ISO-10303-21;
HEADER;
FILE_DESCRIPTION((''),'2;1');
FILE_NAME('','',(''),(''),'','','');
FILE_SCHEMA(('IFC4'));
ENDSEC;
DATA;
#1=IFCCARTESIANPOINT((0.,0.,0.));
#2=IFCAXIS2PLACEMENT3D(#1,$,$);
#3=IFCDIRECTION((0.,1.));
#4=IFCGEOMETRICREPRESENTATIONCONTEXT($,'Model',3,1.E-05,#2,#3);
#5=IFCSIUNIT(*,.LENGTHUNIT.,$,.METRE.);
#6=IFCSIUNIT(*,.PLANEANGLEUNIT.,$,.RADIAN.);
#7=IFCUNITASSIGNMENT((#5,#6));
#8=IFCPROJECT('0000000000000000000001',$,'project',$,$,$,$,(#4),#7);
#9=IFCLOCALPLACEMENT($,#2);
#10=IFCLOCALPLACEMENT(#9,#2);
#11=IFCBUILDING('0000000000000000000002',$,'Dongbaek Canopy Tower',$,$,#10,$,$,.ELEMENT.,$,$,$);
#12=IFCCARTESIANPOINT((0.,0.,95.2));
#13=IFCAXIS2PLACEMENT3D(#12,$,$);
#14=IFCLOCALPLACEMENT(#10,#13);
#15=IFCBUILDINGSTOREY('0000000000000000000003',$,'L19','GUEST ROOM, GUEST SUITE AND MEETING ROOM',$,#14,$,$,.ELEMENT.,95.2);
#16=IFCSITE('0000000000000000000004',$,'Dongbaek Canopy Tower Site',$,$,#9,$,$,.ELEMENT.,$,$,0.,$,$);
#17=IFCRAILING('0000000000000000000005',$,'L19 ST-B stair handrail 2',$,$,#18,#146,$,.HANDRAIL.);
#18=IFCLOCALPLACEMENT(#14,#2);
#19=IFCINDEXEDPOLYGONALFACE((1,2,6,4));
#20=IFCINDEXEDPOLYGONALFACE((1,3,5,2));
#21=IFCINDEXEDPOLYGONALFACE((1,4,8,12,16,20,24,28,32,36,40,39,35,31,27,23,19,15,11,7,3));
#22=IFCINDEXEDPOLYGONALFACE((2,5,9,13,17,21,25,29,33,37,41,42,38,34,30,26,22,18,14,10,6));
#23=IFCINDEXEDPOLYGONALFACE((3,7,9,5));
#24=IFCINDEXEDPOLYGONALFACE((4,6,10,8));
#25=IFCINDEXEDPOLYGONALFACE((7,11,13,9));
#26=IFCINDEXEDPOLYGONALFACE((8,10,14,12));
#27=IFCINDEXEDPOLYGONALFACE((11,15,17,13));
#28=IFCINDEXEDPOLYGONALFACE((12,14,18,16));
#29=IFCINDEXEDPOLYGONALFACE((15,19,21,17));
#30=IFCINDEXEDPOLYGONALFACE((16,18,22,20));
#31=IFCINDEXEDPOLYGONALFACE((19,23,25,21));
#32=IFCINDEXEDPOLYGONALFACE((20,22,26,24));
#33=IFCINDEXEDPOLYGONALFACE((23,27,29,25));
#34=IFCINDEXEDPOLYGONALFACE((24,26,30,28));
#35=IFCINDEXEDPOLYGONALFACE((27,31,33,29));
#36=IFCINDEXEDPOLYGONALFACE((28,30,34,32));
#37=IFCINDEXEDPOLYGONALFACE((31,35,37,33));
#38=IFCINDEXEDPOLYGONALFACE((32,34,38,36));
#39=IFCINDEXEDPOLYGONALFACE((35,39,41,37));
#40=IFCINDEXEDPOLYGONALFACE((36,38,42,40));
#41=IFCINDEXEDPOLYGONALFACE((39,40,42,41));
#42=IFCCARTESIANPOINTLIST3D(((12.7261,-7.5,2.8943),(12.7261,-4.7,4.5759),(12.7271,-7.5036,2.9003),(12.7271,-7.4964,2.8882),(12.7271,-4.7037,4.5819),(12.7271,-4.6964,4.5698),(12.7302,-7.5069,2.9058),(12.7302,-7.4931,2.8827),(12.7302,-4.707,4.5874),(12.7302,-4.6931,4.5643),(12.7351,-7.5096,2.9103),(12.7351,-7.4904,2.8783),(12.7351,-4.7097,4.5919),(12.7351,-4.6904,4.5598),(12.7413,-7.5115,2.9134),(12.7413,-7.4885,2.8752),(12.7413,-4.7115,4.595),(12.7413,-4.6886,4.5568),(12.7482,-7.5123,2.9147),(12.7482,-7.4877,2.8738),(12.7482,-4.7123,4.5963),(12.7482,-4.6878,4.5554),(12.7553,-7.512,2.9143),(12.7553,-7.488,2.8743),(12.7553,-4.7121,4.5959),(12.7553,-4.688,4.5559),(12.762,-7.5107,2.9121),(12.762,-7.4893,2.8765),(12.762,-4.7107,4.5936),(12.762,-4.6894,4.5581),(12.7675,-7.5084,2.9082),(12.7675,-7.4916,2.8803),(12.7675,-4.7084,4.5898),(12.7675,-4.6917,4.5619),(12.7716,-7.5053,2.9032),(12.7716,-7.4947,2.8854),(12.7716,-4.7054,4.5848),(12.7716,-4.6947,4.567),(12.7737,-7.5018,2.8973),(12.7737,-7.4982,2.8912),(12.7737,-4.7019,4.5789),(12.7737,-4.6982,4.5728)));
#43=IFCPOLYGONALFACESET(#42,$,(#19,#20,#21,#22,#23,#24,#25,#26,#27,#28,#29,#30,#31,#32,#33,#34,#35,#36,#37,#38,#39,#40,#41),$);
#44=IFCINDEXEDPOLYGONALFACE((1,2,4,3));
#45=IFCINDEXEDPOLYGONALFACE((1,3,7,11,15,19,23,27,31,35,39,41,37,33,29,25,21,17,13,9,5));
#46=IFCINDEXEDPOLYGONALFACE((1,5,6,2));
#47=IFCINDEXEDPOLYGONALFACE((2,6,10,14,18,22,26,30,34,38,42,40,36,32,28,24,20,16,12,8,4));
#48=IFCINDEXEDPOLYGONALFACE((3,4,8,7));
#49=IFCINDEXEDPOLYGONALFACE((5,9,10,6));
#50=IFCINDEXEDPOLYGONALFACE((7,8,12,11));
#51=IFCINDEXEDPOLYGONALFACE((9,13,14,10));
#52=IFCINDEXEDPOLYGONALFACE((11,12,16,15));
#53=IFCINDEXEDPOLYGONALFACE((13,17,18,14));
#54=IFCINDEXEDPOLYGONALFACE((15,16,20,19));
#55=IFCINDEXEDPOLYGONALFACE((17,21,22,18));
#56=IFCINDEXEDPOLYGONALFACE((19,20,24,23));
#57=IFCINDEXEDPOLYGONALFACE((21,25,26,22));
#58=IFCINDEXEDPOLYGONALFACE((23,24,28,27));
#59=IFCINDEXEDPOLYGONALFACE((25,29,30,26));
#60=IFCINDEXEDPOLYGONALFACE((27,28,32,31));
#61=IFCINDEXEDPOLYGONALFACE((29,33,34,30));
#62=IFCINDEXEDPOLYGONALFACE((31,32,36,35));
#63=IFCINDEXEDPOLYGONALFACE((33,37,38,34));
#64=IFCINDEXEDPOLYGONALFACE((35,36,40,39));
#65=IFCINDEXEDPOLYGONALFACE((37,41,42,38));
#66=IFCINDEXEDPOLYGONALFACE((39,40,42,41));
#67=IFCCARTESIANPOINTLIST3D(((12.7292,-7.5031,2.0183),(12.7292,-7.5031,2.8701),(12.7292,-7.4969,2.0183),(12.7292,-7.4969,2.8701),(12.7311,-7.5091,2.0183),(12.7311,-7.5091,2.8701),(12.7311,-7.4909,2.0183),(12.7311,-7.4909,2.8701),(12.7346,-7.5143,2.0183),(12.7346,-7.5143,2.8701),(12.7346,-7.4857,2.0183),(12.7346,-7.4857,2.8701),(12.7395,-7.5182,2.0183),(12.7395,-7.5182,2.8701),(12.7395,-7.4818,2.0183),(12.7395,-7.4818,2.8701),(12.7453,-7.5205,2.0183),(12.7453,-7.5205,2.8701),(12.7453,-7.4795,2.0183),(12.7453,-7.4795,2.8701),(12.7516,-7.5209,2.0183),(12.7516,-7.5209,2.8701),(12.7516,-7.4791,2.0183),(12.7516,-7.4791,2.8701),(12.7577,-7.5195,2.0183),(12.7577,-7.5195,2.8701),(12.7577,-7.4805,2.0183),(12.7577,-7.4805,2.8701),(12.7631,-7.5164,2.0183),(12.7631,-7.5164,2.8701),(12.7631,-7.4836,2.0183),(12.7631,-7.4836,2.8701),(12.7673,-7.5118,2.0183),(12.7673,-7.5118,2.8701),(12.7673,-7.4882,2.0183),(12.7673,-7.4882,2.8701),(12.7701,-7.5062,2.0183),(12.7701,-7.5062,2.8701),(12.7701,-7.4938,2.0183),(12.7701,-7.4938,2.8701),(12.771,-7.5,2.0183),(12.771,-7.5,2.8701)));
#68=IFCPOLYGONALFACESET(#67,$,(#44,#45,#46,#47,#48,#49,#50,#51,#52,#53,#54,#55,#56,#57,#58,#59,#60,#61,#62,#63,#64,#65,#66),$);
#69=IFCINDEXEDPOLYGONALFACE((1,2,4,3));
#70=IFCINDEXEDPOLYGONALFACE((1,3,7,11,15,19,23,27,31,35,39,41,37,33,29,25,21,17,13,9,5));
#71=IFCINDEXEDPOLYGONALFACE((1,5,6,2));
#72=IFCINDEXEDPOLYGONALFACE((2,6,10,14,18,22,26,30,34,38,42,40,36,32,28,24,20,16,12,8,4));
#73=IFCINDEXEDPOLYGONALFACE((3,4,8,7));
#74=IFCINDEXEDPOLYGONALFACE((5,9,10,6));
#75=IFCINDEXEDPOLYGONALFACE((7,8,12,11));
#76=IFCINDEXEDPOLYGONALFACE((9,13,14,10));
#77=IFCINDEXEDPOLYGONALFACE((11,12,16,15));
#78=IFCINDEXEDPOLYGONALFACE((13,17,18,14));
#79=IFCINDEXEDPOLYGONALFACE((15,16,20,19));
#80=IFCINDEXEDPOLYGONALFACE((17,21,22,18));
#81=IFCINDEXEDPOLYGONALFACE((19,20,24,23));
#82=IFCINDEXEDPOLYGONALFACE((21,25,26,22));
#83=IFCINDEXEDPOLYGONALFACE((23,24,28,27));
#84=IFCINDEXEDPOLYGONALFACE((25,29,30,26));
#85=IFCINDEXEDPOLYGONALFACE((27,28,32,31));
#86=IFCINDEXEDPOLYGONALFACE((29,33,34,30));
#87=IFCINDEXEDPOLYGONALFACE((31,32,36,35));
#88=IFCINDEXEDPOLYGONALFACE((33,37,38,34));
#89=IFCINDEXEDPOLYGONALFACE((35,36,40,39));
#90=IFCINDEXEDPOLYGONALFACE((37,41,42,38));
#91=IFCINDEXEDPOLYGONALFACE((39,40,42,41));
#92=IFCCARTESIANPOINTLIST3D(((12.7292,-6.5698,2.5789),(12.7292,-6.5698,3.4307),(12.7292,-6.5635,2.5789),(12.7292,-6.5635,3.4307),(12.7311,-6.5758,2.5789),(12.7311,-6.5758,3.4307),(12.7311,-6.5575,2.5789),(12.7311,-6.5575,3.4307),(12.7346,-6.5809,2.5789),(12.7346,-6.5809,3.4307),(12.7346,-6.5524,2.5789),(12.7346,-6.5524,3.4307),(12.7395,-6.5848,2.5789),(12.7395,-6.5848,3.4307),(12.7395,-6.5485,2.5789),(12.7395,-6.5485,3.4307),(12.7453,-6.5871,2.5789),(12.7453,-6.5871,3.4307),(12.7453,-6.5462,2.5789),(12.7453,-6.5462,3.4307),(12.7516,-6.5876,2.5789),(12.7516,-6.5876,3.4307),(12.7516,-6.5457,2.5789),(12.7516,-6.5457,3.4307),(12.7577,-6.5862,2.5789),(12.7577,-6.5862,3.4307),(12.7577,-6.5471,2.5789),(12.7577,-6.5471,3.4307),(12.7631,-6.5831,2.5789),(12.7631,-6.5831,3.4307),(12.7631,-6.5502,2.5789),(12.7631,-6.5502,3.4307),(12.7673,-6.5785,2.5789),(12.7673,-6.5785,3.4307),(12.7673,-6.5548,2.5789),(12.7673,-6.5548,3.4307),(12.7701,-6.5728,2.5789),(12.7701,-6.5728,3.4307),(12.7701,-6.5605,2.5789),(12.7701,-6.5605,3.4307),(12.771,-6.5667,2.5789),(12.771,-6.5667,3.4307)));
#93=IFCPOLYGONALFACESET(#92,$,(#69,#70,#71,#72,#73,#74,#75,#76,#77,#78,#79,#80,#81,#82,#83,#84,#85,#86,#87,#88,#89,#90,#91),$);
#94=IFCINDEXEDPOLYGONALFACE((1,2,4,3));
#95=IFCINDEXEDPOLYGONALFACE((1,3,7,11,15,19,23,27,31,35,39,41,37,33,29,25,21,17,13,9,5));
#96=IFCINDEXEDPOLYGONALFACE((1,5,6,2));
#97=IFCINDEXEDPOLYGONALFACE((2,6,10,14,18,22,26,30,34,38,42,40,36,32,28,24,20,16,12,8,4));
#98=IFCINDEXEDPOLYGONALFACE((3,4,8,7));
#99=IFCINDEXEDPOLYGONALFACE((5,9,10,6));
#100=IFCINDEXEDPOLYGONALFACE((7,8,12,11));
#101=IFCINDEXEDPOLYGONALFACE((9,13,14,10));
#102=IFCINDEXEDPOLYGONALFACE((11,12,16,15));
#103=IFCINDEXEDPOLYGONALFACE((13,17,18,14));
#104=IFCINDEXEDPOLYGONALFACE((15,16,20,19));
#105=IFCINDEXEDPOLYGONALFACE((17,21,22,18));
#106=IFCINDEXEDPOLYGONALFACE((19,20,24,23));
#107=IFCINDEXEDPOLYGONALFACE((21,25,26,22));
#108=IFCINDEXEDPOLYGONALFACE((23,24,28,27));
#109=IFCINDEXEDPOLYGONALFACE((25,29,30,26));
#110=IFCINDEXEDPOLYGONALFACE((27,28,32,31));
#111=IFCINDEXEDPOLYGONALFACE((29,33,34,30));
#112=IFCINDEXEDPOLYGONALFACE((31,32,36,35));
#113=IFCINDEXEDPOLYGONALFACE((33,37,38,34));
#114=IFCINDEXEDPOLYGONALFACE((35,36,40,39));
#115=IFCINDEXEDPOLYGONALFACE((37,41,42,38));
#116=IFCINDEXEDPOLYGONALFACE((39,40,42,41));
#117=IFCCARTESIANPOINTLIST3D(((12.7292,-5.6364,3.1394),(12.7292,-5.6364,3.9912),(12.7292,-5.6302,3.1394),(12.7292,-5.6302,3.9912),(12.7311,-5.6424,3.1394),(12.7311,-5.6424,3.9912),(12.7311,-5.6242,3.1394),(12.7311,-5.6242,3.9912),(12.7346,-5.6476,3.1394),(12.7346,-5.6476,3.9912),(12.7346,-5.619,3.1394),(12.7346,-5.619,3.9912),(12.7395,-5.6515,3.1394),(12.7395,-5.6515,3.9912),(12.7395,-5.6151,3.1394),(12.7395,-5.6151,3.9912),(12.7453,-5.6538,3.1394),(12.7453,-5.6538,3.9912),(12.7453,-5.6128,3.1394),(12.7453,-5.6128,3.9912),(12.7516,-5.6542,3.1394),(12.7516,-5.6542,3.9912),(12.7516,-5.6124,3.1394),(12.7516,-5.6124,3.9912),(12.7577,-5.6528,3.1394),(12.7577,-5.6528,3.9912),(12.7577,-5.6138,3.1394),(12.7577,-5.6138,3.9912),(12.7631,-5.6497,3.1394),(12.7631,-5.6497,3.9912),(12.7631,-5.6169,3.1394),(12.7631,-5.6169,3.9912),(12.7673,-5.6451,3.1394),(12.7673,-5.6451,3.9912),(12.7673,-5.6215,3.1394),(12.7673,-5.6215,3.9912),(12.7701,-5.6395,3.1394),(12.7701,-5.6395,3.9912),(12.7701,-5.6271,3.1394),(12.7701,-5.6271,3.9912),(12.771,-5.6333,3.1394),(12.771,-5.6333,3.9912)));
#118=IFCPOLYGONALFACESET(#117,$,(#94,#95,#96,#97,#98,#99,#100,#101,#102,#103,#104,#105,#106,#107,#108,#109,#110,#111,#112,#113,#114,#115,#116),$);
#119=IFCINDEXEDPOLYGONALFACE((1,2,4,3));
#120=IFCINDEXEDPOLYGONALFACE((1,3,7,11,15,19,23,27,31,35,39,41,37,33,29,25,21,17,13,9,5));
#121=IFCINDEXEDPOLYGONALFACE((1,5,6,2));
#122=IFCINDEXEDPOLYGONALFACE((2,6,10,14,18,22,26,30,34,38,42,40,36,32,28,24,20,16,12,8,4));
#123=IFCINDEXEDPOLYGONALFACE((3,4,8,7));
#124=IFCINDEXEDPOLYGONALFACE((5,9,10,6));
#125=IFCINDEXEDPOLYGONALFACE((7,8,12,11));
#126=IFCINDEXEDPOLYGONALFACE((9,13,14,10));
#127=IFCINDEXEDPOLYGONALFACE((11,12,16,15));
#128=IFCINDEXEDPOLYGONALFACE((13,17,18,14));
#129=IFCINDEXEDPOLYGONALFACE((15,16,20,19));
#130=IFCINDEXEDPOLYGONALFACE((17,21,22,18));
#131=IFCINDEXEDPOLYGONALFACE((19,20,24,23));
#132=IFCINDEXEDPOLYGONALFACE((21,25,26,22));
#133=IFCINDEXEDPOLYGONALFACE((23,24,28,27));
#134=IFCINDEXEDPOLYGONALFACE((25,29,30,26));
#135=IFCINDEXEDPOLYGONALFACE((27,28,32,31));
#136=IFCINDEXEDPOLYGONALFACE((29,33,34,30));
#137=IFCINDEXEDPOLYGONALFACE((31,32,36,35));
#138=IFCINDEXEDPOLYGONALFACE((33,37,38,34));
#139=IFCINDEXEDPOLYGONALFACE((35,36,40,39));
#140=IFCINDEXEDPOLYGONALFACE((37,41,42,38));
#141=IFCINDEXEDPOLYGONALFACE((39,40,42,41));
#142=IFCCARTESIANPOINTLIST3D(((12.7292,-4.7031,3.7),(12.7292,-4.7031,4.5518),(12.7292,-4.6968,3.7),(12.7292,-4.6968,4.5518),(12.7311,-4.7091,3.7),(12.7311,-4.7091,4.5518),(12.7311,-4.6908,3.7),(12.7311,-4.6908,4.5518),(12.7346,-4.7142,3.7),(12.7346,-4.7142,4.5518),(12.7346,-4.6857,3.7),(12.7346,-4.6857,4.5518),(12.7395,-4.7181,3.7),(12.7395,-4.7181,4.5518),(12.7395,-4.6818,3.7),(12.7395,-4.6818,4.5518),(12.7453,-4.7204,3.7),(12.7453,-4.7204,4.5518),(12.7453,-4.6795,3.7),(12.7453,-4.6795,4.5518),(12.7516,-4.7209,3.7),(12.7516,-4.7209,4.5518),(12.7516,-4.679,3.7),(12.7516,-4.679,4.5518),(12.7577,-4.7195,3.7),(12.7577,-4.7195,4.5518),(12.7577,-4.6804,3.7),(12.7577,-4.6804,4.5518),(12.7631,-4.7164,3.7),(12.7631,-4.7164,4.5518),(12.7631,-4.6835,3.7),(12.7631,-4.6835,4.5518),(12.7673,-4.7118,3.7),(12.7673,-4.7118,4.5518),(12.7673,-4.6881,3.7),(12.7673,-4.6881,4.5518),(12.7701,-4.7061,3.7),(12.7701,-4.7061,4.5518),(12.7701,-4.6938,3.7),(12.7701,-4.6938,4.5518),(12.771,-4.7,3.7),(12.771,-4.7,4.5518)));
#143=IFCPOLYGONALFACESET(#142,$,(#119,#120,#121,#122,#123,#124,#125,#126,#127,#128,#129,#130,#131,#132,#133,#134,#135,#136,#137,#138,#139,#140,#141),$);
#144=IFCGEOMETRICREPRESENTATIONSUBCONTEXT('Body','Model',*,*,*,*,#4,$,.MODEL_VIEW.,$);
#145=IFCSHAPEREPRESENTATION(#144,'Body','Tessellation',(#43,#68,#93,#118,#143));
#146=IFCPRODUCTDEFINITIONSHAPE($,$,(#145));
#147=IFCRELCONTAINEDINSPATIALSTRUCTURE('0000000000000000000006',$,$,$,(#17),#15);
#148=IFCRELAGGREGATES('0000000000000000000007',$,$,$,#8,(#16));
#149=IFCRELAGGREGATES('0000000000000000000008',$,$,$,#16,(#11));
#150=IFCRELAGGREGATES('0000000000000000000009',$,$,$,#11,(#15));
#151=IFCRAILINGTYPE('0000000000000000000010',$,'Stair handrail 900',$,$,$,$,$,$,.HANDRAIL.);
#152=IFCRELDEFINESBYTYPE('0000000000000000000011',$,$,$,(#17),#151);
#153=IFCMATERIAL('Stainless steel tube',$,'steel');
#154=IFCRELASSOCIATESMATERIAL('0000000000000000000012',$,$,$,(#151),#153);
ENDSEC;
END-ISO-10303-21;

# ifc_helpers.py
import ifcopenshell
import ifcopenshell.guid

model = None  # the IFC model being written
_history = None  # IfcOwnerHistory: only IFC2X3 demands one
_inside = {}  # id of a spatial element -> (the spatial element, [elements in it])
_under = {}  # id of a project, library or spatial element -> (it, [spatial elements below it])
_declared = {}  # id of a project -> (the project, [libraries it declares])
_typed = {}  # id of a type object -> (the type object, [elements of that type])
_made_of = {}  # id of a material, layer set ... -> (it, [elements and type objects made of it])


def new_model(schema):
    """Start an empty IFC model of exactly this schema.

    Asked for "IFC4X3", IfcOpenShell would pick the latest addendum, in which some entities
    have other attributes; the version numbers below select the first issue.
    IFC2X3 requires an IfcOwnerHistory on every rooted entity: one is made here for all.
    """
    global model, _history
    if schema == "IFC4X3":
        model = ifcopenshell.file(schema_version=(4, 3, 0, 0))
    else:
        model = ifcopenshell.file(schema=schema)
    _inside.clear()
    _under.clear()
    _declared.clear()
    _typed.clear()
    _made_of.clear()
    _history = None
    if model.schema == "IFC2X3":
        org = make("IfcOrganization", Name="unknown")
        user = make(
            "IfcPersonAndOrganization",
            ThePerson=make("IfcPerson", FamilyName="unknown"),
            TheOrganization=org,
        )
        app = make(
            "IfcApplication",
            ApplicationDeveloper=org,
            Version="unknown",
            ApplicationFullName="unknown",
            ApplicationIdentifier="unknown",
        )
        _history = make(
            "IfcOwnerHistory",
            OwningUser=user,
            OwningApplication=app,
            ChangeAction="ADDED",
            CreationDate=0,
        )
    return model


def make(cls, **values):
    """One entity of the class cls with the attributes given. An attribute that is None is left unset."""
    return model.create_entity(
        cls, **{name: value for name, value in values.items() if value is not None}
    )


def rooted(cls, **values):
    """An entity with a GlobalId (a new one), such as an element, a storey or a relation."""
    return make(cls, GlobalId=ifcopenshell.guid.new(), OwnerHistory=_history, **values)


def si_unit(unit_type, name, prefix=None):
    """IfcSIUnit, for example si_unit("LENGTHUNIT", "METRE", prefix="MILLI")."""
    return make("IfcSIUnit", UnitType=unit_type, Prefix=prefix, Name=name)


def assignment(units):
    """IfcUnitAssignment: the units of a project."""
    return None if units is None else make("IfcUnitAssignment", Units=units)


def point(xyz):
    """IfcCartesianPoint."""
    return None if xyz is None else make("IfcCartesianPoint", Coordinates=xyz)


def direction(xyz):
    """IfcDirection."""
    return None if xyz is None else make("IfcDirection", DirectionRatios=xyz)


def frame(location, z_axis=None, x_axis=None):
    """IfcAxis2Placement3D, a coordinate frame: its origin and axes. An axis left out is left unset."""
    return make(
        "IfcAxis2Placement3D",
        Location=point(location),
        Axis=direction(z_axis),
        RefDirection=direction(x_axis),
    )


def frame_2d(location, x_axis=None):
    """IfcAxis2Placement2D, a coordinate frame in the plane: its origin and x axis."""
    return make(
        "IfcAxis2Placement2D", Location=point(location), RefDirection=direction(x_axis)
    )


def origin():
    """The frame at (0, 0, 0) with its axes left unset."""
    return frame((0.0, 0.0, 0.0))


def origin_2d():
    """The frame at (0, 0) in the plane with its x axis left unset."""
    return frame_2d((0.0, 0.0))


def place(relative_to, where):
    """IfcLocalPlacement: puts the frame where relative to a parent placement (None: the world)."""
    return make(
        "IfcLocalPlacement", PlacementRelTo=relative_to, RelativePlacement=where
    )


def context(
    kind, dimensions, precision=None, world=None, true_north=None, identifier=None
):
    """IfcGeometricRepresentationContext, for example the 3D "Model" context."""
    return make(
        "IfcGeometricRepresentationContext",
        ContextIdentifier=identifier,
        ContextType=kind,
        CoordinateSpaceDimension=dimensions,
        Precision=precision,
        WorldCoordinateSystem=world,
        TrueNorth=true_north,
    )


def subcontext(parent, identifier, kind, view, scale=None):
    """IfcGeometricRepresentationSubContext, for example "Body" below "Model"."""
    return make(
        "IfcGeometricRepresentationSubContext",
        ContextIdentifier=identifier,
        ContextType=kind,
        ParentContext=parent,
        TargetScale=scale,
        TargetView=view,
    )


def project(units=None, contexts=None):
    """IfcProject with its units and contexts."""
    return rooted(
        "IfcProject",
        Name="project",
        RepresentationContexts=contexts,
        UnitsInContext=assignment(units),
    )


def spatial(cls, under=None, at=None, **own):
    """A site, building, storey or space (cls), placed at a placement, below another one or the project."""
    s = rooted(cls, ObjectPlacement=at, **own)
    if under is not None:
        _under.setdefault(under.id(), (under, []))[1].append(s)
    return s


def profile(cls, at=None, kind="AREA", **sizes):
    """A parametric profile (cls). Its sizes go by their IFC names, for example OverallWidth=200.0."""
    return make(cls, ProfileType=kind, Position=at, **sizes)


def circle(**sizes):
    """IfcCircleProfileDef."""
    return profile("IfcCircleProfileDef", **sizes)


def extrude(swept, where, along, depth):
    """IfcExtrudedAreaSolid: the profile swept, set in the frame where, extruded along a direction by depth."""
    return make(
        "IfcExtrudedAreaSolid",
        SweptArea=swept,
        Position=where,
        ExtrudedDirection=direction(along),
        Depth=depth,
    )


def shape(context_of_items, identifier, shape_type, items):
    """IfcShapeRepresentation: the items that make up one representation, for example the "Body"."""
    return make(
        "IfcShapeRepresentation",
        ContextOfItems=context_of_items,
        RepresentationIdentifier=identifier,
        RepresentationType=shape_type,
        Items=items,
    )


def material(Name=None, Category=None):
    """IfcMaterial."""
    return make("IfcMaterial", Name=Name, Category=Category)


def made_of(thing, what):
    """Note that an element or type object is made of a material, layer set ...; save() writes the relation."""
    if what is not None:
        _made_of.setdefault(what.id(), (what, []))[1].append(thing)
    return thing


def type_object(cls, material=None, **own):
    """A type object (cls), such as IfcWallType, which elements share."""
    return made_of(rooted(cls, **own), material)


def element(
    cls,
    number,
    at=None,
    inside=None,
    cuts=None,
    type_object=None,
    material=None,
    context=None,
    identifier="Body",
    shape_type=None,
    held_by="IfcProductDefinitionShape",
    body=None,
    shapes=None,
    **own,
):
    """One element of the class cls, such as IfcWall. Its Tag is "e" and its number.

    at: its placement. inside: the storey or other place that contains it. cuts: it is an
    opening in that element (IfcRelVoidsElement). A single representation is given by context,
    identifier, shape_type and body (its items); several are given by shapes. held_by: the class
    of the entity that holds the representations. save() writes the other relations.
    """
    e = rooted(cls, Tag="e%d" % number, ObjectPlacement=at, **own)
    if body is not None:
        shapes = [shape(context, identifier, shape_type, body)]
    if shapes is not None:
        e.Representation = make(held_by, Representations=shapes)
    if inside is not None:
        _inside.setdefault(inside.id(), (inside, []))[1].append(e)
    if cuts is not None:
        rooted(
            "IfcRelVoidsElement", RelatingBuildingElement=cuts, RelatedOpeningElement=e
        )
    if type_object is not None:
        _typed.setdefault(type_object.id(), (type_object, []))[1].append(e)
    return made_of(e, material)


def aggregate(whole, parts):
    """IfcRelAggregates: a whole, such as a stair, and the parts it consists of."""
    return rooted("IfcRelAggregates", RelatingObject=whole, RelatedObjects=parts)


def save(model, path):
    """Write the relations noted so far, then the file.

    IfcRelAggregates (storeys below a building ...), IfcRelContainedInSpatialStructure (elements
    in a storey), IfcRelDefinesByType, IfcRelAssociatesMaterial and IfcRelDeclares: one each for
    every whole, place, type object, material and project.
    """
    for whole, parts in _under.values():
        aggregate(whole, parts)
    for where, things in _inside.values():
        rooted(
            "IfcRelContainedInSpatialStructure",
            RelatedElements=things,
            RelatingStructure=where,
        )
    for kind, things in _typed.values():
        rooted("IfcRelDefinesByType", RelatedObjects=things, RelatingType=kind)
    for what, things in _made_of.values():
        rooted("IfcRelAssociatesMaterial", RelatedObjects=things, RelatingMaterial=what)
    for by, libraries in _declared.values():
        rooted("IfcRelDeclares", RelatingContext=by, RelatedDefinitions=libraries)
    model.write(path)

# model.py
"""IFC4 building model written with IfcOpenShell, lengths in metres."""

from ifc_helpers import new_model, si_unit, direction, frame, origin, origin_2d, place, context, subcontext, project, spatial, circle, extrude, material, type_object, element, save


model = new_model("IFC4")

# Units and contexts
model_context = context("Model", 3, precision=1e-05, world=origin(), true_north=direction((0.0, 1.0)))
body_context = subcontext(model_context, "Body", "Model", "MODEL_VIEW")
ifc_project = project(units=[si_unit("LENGTHUNIT", "METRE"), si_unit("PLANEANGLEUNIT", "RADIAN")], contexts=[model_context])

# Site, building, storey
site_placement = place(None, origin())
site = spatial("IfcSite", under=ifc_project, at=site_placement, Name="Dongbaek Canopy Tower Site", CompositionType="ELEMENT", RefElevation=0.0)
building_placement = place(site_placement, origin())
building = spatial("IfcBuilding", under=site, at=building_placement, Name="Dongbaek Canopy Tower", CompositionType="ELEMENT")
storey_placement = place(building_placement, frame((0.0, 0.0, 95.2)))
storey = spatial("IfcBuildingStorey", under=building, at=storey_placement, Name="L19", Description="GUEST ROOM, GUEST SUITE AND MEETING ROOM", CompositionType="ELEMENT", Elevation=95.2)

# Railing
ifc_material_1 = material(Name="Stainless steel tube", Category="steel")
railing_type_1 = type_object("IfcRailingType", Name="Stair handrail 900", PredefinedType="HANDRAIL", material=ifc_material_1)
railing_1_placement = place(storey_placement, frame((12.75, -7.5, 2.0183)))
element("IfcRailing", 1, at=railing_1_placement, inside=storey, type_object=railing_type_1, Name="L19 ST-B stair handrail 2", PredefinedType="HANDRAIL", context=body_context, shape_type="SweptSolid", body=[
    extrude(circle(Radius=0.0239, at=origin_2d()), frame((0.0, 0.0, 0.876), z_axis=(0.0, 0.857275, 0.514858), x_axis=(-1.0, 0.0, 0.0)), (0.0, 0.0, 1.0), 3.2661),
    extrude(circle(Radius=0.021, at=origin_2d()), origin(), (0.0, 0.0, 1.0), 0.8518),
    extrude(circle(Radius=0.021, at=origin_2d()), frame((0.0, 0.9333, 0.5605)), (0.0, 0.0, 1.0), 0.8518),
    extrude(circle(Radius=0.021, at=origin_2d()), frame((0.0, 1.8667, 1.1211)), (0.0, 0.0, 1.0), 0.8518),
    extrude(circle(Radius=0.021, at=origin_2d()), frame((0.0, 2.8, 1.6816)), (0.0, 0.0, 1.0), 0.8518),
])

save(model, "model.ifc")
